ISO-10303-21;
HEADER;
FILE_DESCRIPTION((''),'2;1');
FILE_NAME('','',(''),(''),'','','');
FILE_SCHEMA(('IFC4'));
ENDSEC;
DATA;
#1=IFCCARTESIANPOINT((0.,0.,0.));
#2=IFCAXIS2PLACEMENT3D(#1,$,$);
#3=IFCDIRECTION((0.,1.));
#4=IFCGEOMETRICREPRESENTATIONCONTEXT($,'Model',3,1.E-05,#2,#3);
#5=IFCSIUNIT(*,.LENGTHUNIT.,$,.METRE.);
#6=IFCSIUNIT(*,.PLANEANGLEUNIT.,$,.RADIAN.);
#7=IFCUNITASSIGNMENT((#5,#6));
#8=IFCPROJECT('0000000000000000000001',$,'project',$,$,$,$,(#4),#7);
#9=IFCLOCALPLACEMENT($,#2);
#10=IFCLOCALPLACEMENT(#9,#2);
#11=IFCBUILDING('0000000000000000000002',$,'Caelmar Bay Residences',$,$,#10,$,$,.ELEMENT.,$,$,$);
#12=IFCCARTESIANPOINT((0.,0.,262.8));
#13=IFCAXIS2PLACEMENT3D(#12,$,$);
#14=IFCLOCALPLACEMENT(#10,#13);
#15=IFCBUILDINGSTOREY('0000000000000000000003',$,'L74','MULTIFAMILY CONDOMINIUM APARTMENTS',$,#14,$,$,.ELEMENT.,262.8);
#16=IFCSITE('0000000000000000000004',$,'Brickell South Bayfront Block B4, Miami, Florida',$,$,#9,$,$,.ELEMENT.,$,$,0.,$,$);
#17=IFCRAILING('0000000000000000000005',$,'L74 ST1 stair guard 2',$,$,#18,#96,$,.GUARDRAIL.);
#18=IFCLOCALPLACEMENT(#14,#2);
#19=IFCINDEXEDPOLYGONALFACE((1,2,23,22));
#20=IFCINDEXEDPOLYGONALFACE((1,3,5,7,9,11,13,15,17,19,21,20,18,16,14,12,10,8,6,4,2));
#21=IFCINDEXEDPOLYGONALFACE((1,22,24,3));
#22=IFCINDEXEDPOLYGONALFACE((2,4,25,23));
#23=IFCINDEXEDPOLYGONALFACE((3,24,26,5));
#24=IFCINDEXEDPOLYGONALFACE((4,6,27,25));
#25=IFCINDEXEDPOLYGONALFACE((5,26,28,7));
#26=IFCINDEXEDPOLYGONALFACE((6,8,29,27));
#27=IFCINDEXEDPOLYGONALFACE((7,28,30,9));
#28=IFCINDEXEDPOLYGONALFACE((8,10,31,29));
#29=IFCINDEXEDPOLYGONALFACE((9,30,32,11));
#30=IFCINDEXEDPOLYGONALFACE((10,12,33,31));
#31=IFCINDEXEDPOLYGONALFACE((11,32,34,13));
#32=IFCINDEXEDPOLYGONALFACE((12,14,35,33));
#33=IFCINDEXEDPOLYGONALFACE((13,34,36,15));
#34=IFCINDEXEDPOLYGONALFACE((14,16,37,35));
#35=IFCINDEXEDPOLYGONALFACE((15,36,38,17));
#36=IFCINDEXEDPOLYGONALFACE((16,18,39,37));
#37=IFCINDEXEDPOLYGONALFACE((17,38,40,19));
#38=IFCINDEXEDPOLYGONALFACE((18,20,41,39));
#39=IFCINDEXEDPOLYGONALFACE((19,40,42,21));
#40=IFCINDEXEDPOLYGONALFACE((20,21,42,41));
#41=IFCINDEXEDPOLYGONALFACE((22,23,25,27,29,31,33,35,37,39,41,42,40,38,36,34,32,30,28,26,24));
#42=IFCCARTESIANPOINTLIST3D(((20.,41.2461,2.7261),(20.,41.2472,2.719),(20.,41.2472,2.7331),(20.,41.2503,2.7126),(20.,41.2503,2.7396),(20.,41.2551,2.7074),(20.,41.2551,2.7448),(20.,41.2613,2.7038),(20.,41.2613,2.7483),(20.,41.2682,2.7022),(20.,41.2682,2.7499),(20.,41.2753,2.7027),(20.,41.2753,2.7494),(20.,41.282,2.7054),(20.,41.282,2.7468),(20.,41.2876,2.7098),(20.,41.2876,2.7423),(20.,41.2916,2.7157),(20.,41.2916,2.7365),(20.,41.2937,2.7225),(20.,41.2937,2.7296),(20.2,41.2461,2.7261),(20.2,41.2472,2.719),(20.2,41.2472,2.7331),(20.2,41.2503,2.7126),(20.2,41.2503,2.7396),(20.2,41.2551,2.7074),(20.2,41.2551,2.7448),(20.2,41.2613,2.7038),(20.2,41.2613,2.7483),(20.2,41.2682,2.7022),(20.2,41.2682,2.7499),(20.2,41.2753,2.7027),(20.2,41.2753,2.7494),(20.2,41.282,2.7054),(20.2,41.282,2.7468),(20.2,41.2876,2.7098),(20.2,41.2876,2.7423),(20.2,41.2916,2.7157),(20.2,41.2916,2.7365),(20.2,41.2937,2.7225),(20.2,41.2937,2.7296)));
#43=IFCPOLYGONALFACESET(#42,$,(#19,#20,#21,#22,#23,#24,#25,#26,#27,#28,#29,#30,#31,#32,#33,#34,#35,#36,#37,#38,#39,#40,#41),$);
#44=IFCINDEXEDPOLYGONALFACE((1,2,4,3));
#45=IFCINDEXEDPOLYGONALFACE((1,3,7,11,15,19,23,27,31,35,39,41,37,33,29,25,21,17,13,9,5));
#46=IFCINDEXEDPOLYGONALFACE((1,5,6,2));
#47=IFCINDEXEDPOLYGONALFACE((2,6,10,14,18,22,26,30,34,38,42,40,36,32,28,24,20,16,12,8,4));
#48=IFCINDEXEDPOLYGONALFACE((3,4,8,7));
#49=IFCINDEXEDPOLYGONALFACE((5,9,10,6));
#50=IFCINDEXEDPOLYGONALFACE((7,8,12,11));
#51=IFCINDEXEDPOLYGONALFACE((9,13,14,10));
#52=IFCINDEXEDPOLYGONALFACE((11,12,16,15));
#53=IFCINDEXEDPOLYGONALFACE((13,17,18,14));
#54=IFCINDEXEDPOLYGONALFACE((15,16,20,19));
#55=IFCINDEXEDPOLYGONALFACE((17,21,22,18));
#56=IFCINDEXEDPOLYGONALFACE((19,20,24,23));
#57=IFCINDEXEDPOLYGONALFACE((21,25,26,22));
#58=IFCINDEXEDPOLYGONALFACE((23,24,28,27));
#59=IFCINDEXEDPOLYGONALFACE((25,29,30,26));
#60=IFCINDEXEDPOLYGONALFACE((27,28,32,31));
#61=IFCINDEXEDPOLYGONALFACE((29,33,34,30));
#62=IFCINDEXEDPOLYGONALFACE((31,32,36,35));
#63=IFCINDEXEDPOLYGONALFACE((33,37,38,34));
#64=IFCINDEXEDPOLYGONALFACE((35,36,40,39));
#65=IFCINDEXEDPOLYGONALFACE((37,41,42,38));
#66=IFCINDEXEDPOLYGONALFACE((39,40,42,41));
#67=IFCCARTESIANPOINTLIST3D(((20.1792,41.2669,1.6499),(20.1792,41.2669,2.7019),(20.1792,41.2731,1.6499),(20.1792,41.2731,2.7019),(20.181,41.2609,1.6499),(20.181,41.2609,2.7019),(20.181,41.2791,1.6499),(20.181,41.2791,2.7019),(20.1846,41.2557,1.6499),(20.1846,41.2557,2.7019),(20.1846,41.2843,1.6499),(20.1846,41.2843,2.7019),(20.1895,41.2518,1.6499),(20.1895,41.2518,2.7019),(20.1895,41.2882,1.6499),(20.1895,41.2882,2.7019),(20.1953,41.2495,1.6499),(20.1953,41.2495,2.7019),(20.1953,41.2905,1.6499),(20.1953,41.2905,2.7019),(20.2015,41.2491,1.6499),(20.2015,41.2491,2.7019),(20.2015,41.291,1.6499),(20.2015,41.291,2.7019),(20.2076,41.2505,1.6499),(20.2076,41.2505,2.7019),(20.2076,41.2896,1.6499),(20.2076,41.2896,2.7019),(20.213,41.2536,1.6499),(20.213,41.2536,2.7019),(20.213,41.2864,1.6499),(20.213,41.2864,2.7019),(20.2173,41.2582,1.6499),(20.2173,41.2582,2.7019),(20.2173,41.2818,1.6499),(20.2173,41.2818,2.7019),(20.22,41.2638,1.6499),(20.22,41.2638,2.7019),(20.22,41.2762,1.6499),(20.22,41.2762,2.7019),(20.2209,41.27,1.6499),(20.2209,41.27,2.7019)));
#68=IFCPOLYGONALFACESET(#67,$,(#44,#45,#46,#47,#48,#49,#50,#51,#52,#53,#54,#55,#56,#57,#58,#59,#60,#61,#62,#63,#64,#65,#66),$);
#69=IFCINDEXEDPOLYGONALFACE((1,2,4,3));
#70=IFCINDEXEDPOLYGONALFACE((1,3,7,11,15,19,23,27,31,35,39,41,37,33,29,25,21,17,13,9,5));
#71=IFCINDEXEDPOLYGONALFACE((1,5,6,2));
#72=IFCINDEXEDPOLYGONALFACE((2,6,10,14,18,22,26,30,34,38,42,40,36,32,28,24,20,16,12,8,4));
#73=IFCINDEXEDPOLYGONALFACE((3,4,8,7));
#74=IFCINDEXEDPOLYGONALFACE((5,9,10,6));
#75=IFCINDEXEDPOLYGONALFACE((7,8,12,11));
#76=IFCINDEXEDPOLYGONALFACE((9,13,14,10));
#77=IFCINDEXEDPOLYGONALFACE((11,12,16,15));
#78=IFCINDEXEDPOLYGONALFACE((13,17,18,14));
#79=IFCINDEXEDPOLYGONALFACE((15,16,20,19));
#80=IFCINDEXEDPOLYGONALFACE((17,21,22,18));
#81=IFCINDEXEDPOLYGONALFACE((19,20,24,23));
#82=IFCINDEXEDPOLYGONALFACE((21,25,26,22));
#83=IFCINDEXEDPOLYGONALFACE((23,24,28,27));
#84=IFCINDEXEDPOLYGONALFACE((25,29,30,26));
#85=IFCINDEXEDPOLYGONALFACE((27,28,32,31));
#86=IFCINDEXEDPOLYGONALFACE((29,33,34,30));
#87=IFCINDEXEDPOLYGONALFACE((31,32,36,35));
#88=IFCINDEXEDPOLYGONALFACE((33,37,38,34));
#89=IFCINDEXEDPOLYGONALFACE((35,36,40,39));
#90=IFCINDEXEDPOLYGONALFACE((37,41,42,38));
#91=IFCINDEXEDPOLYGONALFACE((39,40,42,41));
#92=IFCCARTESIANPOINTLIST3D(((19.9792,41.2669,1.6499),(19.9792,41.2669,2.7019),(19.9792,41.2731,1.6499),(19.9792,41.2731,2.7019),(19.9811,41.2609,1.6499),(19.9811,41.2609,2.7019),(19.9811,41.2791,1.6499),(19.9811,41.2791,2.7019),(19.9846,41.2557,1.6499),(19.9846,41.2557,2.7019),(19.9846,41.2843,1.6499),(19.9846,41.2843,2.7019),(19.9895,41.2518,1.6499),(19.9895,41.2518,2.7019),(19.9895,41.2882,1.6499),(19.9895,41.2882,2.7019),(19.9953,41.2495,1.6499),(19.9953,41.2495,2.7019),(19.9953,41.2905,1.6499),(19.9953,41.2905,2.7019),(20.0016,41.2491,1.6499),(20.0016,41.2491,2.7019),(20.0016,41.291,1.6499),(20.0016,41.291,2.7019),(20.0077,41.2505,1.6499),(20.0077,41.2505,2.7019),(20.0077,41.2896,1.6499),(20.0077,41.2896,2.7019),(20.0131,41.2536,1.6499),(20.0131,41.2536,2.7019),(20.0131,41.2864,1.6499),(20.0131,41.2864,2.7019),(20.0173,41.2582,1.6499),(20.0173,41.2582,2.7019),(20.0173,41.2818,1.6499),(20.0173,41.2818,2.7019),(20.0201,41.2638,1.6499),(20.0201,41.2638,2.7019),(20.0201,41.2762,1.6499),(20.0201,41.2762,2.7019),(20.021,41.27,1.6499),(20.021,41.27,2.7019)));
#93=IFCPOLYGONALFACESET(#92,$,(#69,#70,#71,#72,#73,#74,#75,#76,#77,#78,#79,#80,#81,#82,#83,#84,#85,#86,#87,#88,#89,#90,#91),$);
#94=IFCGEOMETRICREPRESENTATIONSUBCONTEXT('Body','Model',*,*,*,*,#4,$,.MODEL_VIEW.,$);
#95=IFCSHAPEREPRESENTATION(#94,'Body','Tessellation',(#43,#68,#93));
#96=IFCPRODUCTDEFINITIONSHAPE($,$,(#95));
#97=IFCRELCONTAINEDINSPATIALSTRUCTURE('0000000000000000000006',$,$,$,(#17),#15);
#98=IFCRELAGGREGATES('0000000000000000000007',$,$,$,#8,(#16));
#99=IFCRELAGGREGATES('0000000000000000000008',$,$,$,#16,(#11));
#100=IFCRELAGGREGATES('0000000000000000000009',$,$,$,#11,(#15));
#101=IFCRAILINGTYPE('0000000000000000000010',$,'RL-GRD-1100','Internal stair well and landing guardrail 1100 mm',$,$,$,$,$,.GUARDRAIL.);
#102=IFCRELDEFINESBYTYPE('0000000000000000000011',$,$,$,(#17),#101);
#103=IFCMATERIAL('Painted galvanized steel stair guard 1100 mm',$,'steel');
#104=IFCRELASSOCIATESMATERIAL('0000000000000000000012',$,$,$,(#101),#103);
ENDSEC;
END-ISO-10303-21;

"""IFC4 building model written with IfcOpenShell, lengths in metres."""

from ifc_helpers import new_model, si_unit, direction, frame, origin, origin_2d, place, context, subcontext, project, spatial, circle, extrude, material, type_object, element, save


model = new_model("IFC4")

# Units and contexts
model_context = context("Model", 3, precision=1e-05, world=origin(), true_north=direction((0.0, 1.0)))
body_context = subcontext(model_context, "Body", "Model", "MODEL_VIEW")
ifc_project = project(units=[si_unit("LENGTHUNIT", "METRE"), si_unit("PLANEANGLEUNIT", "RADIAN")], contexts=[model_context])

# Site, building, storey
site_placement = place(None, origin())
site = spatial("IfcSite", under=ifc_project, at=site_placement, Name="Brickell South Bayfront Block B4, Miami, Florida", CompositionType="ELEMENT", RefElevation=0.0)
building_placement = place(site_placement, origin())
building = spatial("IfcBuilding", under=site, at=building_placement, Name="Caelmar Bay Residences", CompositionType="ELEMENT")
storey_placement = place(building_placement, frame((0.0, 0.0, 262.8)))
storey = spatial("IfcBuildingStorey", under=building, at=storey_placement, Name="L74", Description="MULTIFAMILY CONDOMINIUM APARTMENTS", CompositionType="ELEMENT", Elevation=262.8)

# Railing
ifc_material_1 = material(Name="Painted galvanized steel stair guard 1100 mm", Category="steel")
railing_type_1 = type_object("IfcRailingType", Name="RL-GRD-1100", Description="Internal stair well and landing guardrail 1100 mm", PredefinedType="GUARDRAIL", material=ifc_material_1)
railing_1_placement = place(storey_placement, frame((20.2, 41.27, 1.6499)))
element("IfcRailing", 1, at=railing_1_placement, inside=storey, type_object=railing_type_1, Name="L74 ST1 stair guard 2", PredefinedType="GUARDRAIL", context=body_context, shape_type="SweptSolid", body=[
    extrude(circle(Radius=0.0239, at=origin_2d()), frame((0.0, 0.0, 1.0762), z_axis=(-1.0, 0.0, 0.0), x_axis=(0.0, -1.0, 0.0)), (0.0, 0.0, 1.0), 0.2),
    extrude(circle(Radius=0.021, at=origin_2d()), origin(), (0.0, 0.0, 1.0), 1.052),
    extrude(circle(Radius=0.021, at=origin_2d()), frame((-0.2, 0.0, 0.0)), (0.0, 0.0, 1.0), 1.052),
])

save(model, "model.ifc")
